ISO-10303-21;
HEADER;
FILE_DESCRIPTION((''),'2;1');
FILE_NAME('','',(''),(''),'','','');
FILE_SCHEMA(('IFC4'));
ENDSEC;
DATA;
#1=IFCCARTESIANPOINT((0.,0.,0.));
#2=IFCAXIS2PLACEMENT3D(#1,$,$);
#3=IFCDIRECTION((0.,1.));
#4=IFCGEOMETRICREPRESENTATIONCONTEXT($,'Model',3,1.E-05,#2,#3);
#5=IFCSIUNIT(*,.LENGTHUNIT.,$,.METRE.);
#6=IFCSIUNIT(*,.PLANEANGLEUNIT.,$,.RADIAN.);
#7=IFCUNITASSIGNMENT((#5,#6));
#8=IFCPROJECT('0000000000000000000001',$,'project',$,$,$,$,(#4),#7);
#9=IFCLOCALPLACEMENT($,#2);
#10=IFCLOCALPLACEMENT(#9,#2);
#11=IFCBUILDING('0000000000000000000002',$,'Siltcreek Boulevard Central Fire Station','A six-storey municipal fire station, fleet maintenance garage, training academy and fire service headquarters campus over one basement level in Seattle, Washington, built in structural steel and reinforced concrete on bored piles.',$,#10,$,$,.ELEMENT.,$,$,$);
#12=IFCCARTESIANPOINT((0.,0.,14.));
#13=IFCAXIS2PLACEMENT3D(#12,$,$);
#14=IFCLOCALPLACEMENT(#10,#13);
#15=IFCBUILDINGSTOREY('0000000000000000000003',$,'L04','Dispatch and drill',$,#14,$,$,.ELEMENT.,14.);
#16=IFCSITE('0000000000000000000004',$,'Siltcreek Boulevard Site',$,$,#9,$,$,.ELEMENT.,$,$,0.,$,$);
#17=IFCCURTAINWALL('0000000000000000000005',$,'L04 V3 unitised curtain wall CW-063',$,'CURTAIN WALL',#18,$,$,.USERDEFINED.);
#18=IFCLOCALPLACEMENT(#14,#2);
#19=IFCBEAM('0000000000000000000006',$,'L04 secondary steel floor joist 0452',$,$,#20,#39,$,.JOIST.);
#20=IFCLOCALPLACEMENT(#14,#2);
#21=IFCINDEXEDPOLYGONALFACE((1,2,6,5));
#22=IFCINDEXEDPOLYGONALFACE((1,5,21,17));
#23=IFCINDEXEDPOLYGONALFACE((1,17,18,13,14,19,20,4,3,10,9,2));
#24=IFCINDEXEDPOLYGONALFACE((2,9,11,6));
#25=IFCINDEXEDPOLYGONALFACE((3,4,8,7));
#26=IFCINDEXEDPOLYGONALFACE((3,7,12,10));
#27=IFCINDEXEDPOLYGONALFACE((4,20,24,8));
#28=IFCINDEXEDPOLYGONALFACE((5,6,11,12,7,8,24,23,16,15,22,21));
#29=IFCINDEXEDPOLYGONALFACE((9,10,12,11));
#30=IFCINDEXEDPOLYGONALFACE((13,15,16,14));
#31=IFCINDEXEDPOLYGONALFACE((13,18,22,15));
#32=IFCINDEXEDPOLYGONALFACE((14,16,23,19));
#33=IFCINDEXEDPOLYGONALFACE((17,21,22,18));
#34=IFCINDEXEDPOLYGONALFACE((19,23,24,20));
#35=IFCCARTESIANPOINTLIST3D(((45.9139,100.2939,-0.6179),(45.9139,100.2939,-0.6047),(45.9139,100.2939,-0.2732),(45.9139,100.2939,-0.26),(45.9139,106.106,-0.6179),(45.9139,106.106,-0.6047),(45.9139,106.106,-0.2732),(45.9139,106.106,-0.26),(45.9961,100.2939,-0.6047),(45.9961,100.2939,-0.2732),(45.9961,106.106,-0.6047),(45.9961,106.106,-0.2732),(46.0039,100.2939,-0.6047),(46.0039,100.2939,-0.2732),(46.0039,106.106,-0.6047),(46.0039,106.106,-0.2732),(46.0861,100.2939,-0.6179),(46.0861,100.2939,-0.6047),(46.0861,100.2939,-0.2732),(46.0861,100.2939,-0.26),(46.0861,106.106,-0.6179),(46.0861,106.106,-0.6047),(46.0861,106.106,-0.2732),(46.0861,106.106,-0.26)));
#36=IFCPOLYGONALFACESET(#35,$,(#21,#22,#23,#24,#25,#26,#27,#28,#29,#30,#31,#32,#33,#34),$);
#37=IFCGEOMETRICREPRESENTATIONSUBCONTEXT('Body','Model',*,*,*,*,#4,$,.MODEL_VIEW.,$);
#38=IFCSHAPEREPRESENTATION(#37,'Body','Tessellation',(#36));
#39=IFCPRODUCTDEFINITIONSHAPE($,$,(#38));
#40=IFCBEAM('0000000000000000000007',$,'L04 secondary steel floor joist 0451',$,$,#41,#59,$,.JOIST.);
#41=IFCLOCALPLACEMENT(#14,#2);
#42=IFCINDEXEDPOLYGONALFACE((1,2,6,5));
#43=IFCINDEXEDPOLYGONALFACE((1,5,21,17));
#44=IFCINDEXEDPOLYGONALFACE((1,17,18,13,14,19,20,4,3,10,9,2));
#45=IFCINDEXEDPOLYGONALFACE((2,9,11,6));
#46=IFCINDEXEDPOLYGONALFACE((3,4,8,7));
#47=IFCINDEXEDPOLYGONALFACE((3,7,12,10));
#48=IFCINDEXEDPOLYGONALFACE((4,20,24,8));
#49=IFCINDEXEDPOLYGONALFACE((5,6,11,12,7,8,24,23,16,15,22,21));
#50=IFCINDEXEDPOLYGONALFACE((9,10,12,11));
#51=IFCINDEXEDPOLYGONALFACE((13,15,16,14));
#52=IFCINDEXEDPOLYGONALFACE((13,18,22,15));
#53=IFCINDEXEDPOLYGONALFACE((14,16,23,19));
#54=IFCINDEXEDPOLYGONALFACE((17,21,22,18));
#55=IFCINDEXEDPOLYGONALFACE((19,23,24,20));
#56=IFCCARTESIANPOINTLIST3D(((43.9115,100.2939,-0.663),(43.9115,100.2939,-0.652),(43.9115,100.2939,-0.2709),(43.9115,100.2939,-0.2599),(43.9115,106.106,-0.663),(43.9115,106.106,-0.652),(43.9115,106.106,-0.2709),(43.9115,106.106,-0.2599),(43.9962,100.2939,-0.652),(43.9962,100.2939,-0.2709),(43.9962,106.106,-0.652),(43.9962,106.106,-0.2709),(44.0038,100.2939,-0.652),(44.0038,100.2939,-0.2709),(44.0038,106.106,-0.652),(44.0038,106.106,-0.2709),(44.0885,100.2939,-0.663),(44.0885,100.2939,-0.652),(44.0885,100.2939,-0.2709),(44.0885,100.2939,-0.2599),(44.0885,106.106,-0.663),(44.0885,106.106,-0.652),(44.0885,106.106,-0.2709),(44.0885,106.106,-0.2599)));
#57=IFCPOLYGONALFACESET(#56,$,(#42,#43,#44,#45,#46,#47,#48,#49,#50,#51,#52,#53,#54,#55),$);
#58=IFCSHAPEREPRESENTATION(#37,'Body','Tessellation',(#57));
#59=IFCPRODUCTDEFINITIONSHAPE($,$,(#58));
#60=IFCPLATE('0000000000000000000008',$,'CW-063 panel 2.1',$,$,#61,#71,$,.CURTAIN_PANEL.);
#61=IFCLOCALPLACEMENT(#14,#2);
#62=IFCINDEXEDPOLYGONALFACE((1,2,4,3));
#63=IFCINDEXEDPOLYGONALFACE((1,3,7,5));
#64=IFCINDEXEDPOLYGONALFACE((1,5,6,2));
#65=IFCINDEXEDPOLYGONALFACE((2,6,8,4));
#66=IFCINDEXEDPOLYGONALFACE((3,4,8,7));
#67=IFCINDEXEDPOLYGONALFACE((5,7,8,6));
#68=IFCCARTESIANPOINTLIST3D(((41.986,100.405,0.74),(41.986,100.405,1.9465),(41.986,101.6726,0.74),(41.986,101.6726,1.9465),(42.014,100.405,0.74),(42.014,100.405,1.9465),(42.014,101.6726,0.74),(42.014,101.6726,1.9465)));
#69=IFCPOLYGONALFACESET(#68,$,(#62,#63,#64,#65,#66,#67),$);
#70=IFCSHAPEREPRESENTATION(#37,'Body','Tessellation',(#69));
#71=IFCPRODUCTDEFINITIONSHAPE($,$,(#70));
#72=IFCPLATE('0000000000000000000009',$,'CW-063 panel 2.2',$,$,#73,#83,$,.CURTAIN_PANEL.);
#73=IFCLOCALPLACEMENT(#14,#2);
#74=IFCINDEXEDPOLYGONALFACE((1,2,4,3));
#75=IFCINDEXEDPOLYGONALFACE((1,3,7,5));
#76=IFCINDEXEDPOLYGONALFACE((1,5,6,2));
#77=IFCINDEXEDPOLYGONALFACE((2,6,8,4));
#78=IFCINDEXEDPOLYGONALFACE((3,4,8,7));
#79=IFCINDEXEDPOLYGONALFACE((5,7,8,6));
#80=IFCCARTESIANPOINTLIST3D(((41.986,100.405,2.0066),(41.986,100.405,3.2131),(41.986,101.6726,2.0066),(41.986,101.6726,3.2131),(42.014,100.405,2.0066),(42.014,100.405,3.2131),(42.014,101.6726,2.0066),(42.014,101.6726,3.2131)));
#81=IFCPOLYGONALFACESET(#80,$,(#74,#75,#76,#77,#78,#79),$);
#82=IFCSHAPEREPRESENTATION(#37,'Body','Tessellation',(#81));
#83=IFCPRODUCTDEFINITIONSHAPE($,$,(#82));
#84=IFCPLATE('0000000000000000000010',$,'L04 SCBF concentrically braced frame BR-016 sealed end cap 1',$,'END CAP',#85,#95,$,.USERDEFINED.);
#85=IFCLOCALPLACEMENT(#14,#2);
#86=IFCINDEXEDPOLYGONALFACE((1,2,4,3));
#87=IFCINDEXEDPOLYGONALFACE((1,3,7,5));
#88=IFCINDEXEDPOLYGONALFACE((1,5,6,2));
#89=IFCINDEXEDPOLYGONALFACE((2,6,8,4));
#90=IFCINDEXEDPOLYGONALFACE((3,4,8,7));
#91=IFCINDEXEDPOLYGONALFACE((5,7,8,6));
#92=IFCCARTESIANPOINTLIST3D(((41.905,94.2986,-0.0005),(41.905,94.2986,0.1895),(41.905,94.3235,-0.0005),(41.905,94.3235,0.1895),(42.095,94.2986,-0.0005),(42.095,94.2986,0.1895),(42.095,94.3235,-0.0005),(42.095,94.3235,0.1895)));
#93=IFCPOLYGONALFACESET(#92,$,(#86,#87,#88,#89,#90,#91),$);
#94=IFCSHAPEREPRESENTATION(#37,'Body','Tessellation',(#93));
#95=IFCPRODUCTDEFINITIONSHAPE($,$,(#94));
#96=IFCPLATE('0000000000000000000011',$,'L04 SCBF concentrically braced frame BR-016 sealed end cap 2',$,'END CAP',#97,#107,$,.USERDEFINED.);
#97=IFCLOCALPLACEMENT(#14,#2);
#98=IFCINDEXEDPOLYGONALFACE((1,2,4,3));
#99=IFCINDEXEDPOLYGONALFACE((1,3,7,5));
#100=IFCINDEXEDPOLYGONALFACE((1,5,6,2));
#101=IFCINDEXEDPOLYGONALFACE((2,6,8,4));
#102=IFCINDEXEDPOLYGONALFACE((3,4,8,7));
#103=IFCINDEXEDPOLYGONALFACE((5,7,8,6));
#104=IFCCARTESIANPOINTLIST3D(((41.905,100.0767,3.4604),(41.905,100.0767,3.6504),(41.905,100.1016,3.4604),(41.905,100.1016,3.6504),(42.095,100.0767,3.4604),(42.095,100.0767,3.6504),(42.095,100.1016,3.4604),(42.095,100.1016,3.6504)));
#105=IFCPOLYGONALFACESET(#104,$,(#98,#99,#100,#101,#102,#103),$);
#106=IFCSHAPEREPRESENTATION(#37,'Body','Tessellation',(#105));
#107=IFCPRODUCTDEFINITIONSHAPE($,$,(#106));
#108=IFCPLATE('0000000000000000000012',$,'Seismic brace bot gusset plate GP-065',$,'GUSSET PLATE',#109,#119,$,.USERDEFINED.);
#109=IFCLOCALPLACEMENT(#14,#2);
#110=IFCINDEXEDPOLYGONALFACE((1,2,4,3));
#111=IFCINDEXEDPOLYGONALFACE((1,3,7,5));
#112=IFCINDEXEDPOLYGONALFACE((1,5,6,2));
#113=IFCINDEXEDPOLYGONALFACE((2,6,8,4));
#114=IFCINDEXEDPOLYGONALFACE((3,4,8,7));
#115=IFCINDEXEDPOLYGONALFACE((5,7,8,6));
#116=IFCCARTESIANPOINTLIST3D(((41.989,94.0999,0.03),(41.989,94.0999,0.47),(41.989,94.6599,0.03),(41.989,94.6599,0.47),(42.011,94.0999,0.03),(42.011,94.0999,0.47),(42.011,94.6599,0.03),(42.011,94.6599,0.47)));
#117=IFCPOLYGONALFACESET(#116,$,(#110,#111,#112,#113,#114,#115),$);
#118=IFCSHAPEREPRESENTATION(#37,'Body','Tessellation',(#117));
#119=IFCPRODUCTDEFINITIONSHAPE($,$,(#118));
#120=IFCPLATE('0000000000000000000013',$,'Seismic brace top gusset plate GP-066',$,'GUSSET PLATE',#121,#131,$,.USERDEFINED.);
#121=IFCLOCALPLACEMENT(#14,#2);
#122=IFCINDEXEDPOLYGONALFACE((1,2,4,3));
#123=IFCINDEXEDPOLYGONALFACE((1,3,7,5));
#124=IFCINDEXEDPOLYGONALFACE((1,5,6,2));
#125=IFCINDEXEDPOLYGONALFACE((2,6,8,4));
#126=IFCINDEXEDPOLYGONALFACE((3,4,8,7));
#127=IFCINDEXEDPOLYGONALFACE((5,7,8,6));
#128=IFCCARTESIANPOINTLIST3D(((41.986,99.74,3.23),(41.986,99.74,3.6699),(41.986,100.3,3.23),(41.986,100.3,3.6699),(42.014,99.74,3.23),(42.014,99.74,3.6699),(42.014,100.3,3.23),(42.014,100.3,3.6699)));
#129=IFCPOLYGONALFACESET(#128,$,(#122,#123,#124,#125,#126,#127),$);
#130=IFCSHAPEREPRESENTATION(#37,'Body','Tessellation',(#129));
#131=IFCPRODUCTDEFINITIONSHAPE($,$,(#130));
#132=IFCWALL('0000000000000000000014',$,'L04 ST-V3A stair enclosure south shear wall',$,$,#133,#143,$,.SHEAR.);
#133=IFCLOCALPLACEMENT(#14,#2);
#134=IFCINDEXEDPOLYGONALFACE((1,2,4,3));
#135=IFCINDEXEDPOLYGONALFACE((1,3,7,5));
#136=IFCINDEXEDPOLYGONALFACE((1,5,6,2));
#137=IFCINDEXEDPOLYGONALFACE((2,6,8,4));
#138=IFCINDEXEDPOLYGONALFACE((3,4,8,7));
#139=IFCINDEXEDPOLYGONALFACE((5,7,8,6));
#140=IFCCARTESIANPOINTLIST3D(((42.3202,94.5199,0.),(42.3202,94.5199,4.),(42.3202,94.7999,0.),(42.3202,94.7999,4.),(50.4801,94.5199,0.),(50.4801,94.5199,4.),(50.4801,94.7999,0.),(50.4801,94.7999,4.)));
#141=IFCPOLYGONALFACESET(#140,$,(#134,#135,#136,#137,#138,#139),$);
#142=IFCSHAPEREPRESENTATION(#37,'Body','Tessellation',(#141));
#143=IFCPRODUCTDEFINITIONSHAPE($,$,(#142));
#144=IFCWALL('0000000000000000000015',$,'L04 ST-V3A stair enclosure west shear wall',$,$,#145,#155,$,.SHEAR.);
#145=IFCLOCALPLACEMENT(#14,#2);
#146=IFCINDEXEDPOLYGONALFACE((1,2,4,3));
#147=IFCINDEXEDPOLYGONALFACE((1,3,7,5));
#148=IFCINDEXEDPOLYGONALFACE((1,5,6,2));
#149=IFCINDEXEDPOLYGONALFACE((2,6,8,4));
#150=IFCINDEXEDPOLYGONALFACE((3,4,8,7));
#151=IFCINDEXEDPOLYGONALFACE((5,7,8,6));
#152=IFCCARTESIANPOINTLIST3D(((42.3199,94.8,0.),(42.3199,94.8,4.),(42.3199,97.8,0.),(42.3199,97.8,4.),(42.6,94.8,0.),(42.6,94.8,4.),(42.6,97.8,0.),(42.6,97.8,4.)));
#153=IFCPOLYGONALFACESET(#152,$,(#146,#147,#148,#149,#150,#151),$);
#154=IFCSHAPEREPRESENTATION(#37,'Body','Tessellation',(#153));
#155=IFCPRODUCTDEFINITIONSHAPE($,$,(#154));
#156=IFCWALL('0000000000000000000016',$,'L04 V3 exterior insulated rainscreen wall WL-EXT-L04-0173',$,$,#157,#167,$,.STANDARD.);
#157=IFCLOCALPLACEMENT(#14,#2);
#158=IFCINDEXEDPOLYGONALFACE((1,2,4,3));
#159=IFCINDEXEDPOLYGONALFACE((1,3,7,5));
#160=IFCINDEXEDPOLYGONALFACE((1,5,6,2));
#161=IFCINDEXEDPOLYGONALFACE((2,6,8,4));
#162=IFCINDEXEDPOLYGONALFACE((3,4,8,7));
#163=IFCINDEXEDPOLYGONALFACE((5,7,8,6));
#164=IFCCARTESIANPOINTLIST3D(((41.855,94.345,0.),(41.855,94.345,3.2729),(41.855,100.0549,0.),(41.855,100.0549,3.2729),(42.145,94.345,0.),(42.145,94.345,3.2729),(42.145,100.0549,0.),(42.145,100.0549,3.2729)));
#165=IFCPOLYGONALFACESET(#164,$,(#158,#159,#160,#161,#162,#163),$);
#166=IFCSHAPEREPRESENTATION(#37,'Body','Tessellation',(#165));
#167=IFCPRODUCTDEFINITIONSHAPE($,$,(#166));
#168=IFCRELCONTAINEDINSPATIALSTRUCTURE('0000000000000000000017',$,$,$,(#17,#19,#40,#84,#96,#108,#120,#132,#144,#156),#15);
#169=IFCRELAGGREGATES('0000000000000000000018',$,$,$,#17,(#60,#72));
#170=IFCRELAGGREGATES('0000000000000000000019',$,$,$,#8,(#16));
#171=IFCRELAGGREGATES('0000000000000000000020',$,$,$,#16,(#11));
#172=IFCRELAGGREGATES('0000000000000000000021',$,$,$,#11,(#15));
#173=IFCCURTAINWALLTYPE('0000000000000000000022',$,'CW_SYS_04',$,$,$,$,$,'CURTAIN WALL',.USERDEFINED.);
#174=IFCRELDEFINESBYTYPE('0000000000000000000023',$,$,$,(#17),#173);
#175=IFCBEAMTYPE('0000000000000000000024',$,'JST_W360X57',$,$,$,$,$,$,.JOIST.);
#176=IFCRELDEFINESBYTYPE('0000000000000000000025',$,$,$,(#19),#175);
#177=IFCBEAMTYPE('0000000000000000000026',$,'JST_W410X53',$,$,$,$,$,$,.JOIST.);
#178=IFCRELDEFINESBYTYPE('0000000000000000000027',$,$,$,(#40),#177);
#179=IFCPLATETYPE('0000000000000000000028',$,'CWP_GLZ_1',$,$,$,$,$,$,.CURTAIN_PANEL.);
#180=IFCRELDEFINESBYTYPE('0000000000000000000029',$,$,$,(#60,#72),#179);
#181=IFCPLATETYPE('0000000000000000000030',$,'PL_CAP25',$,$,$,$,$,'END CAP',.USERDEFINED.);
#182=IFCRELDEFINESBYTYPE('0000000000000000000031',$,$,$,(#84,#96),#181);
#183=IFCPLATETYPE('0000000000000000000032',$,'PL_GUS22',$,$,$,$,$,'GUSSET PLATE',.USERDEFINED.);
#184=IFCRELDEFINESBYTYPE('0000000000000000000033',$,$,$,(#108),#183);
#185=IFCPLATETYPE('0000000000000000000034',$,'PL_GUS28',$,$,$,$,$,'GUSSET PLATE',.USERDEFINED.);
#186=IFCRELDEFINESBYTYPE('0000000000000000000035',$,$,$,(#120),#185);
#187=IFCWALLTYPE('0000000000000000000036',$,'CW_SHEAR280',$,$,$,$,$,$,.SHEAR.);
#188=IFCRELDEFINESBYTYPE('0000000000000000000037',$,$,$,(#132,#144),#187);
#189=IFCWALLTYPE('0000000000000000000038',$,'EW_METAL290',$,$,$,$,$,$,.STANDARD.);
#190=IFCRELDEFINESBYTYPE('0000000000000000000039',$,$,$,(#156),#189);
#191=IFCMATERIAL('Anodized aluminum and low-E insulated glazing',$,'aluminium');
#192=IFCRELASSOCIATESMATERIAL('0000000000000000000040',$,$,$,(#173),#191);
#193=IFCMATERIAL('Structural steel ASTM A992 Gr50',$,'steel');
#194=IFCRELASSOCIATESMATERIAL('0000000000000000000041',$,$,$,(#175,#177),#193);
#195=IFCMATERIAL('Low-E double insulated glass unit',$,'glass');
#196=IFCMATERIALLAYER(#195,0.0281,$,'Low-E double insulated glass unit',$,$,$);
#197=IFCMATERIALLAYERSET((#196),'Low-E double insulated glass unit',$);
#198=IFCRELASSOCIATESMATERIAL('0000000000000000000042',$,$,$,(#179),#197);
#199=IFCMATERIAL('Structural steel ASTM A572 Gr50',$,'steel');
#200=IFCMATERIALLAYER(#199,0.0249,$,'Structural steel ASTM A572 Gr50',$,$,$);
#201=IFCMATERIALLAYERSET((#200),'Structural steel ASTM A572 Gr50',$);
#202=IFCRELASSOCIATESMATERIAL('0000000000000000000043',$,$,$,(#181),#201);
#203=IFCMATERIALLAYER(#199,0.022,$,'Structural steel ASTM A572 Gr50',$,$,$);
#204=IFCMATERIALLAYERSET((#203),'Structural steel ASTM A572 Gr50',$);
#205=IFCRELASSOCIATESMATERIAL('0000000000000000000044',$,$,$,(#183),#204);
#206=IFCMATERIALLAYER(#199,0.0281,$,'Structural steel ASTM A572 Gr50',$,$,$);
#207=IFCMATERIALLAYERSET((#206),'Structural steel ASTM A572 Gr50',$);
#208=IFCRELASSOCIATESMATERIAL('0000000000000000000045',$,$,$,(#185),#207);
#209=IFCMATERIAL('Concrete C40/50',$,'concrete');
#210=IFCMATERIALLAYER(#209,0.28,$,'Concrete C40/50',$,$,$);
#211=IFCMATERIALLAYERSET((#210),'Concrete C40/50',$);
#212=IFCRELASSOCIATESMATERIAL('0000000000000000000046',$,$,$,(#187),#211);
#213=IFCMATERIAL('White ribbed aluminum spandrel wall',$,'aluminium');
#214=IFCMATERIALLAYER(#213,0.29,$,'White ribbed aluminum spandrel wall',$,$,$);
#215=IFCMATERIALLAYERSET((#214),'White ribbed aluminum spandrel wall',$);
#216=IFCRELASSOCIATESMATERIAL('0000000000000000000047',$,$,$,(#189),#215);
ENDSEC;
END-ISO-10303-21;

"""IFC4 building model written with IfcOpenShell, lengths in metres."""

from ifc_helpers import new_model, si_unit, direction, frame, frame_2d, origin, origin_2d, place, context, subcontext, project, spatial, rectangle, i_section, extrude, material, layer, layer_set, material_profile, profile_set, type_object, element, aggregate, save


model = new_model("IFC4")

# Units and contexts
model_context = context("Model", 3, precision=1e-05, world=origin(), true_north=direction((0.0, 1.0)))
body_context = subcontext(model_context, "Body", "Model", "MODEL_VIEW")
ifc_project = project(units=[si_unit("LENGTHUNIT", "METRE"), si_unit("PLANEANGLEUNIT", "RADIAN")], contexts=[model_context])

# Site, building, storey
site_placement = place(None, origin())
site = spatial("IfcSite", under=ifc_project, at=site_placement, Name="Siltcreek Boulevard Site", CompositionType="ELEMENT", RefElevation=0.0)
building_placement = place(site_placement, origin())
building = spatial("IfcBuilding", under=site, at=building_placement, Name="Siltcreek Boulevard Central Fire Station", Description="A six-storey municipal fire station, fleet maintenance garage, training academy and fire service headquarters campus over one basement level in Seattle, Washington, built in structural steel and reinforced concrete on bored piles.", CompositionType="ELEMENT")
storey_placement = place(building_placement, frame((0.0, 0.0, 14.0)))
storey = spatial("IfcBuildingStorey", under=building, at=storey_placement, Name="L04", Description="Dispatch and drill", CompositionType="ELEMENT", Elevation=14.0)

# Shared definitions
ifc_material_1 = material(Name="Structural steel ASTM A992 Gr50", Category="steel")

# Curtain wall
ifc_material_2 = material(Name="Anodized aluminum and low-E insulated glazing", Category="aluminium")
curtain_wall_type = type_object("IfcCurtainWallType", Name="CW_SYS_04", ElementType="CURTAIN WALL", PredefinedType="USERDEFINED", material=ifc_material_2)
curtain_wall_placement = place(storey_placement, origin())
curtain_wall = element("IfcCurtainWall", 1, at=curtain_wall_placement, inside=storey, type_object=curtain_wall_type, Name="L04 V3 unitised curtain wall CW-063", ObjectType="CURTAIN WALL", PredefinedType="USERDEFINED")

# Beams
ifc_material_profile_1 = material_profile(ifc_material_1, i_section(OverallWidth=0.1721, OverallDepth=0.3579, WebThickness=0.0078, FlangeThickness=0.0132, at=origin_2d()), Name="W360X57")
ifc_profile_set_1 = profile_set([ifc_material_profile_1], Name="Structural steel ASTM A992 Gr50")
beam_type_1 = type_object("IfcBeamType", Name="JST_W360X57", PredefinedType="JOIST", material=ifc_profile_set_1)
for number, where, z_axis, x_axis, name in (
    (2, (46.0, 100.2939, -0.439), (0.0, 1.0, 0.0), (-1.0, 0.0, 0.0), "L04 secondary steel floor joist 0452"),
):
    element("IfcBeam", number, at=place(storey_placement, frame(where, z_axis=z_axis, x_axis=x_axis)), inside=storey, type_object=beam_type_1, Name=name, PredefinedType="JOIST", context=body_context, shape_type="SweptSolid", body=[
        extrude(i_section(OverallWidth=0.1721, OverallDepth=0.3579, WebThickness=0.0078, FlangeThickness=0.0132, at=origin_2d()), origin(), (0.0, 0.0, 1.0), 5.812),
    ])
ifc_material_profile_2 = material_profile(ifc_material_1, i_section(OverallWidth=0.177, OverallDepth=0.4031, WebThickness=0.0076, FlangeThickness=0.011, at=origin_2d()), Name="W410X53")
ifc_profile_set_2 = profile_set([ifc_material_profile_2], Name="Structural steel ASTM A992 Gr50")
beam_type_2 = type_object("IfcBeamType", Name="JST_W410X53", PredefinedType="JOIST", material=ifc_profile_set_2)
beam_1_placement = place(storey_placement, frame((44.0, 100.2939, -0.4614), z_axis=(0.0, 1.0, 0.0), x_axis=(-1.0, 0.0, 0.0)))
element("IfcBeam", 3, at=beam_1_placement, inside=storey, type_object=beam_type_2, Name="L04 secondary steel floor joist 0451", PredefinedType="JOIST", context=body_context, shape_type="SweptSolid", body=[
    extrude(i_section(OverallWidth=0.177, OverallDepth=0.4031, WebThickness=0.0076, FlangeThickness=0.011, at=origin_2d()), origin(), (0.0, 0.0, 1.0), 5.812),
])

# Plates
ifc_material_3 = material(Name="Low-E double insulated glass unit", Category="glass")
ifc_layer_1 = layer(ifc_material_3, 0.0281, Name="Low-E double insulated glass unit")
ifc_layer_set_1 = layer_set([ifc_layer_1], Name="Low-E double insulated glass unit")
plate_type_1 = type_object("IfcPlateType", Name="CWP_GLZ_1", PredefinedType="CURTAIN_PANEL", material=ifc_layer_set_1)
plate_1_placement = place(storey_placement, frame((42.0, 101.0388, 0.74), z_axis=(0.0, 0.0, 1.0), x_axis=(0.0, -1.0, 0.0)))
plate_1 = element("IfcPlate", 4, at=plate_1_placement, type_object=plate_type_1, Name="CW-063 panel 2.1", PredefinedType="CURTAIN_PANEL", context=body_context, shape_type="SweptSolid", body=[
    extrude(rectangle(XDim=1.2676, YDim=0.0281, at=origin_2d()), origin(), (0.0, 0.0, 1.0), 1.2065),
])
plate_2_placement = place(storey_placement, frame((42.0, 101.0388, 2.0066), z_axis=(0.0, 0.0, 1.0), x_axis=(0.0, -1.0, 0.0)))
plate_2 = element("IfcPlate", 5, at=plate_2_placement, type_object=plate_type_1, Name="CW-063 panel 2.2", PredefinedType="CURTAIN_PANEL", context=body_context, shape_type="SweptSolid", body=[
    extrude(rectangle(XDim=1.2676, YDim=0.0281, at=origin_2d()), origin(), (0.0, 0.0, 1.0), 1.2065),
])
aggregate(curtain_wall, [plate_1, plate_2])

# Plates
ifc_material_4 = material(Name="Structural steel ASTM A572 Gr50", Category="steel")
ifc_layer_2 = layer(ifc_material_4, 0.0249, Name="Structural steel ASTM A572 Gr50")
ifc_layer_set_2 = layer_set([ifc_layer_2], Name="Structural steel ASTM A572 Gr50")
plate_type_2 = type_object("IfcPlateType", Name="PL_CAP25", ElementType="END CAP", PredefinedType="USERDEFINED", material=ifc_layer_set_2)
for number, where, z_axis, x_axis, name in (
    (6, (42.0, 94.311, -0.0005), (0.0, 0.0, 1.0), (0.0, 1.0, 0.0), "L04 SCBF concentrically braced frame BR-016 sealed end cap 1"),
    (7, (42.0, 100.0891, 3.4604), (0.0, 0.0, 1.0), (0.0, 1.0, 0.0), "L04 SCBF concentrically braced frame BR-016 sealed end cap 2"),
):
    element("IfcPlate", number, at=place(storey_placement, frame(where, z_axis=z_axis, x_axis=x_axis)), inside=storey, type_object=plate_type_2, Name=name, ObjectType="END CAP", PredefinedType="USERDEFINED", context=body_context, shape_type="SweptSolid", body=[
        extrude(rectangle(XDim=0.0249, YDim=0.1899, at=origin_2d()), origin(), (0.0, 0.0, 1.0), 0.1899),
    ])
ifc_layer_3 = layer(ifc_material_4, 0.022, Name="Structural steel ASTM A572 Gr50")
ifc_layer_set_3 = layer_set([ifc_layer_3], Name="Structural steel ASTM A572 Gr50")
plate_type_3 = type_object("IfcPlateType", Name="PL_GUS22", ElementType="GUSSET PLATE", PredefinedType="USERDEFINED", material=ifc_layer_set_3)
plate_3_placement = place(storey_placement, frame((42.0, 94.3799, 0.03), z_axis=(0.0, 0.0, 1.0), x_axis=(0.0, 1.0, 0.0)))
element("IfcPlate", 8, at=plate_3_placement, inside=storey, type_object=plate_type_3, Name="Seismic brace bot gusset plate GP-065", ObjectType="GUSSET PLATE", PredefinedType="USERDEFINED", context=body_context, shape_type="SweptSolid", body=[
    extrude(rectangle(XDim=0.5601, YDim=0.022, at=origin_2d()), origin(), (0.0, 0.0, 1.0), 0.4399),
])
ifc_layer_4 = layer(ifc_material_4, 0.0281, Name="Structural steel ASTM A572 Gr50")
ifc_layer_set_4 = layer_set([ifc_layer_4], Name="Structural steel ASTM A572 Gr50")
plate_type_4 = type_object("IfcPlateType", Name="PL_GUS28", ElementType="GUSSET PLATE", PredefinedType="USERDEFINED", material=ifc_layer_set_4)
plate_4_placement = place(storey_placement, frame((42.0, 100.02, 3.23), z_axis=(0.0, 0.0, 1.0), x_axis=(0.0, 1.0, 0.0)))
element("IfcPlate", 9, at=plate_4_placement, inside=storey, type_object=plate_type_4, Name="Seismic brace top gusset plate GP-066", ObjectType="GUSSET PLATE", PredefinedType="USERDEFINED", context=body_context, shape_type="SweptSolid", body=[
    extrude(rectangle(XDim=0.5601, YDim=0.0281, at=origin_2d()), origin(), (0.0, 0.0, 1.0), 0.4399),
])

# Walls
ifc_material_5 = material(Name="Concrete C40/50", Category="concrete")
ifc_layer_5 = layer(ifc_material_5, 0.28, Name="Concrete C40/50")
ifc_layer_set_5 = layer_set([ifc_layer_5], Name="Concrete C40/50")
wall_type_1 = type_object("IfcWallType", Name="CW_SHEAR280", PredefinedType="SHEAR", material=ifc_layer_set_5)
wall_1_placement = place(storey_placement, frame((42.3201, 94.6599, 0.0), z_axis=(0.0, 0.0, 1.0), x_axis=(1.0, 0.0, 0.0)))
element("IfcWall", 10, at=wall_1_placement, inside=storey, type_object=wall_type_1, Name="L04 ST-V3A stair enclosure south shear wall", PredefinedType="SHEAR", context=body_context, shape_type="SweptSolid", body=[
    extrude(rectangle(XDim=8.1599, YDim=0.28, at=frame_2d((4.0801, 0.0))), origin(), (0.0, 0.0, 1.0), 4.0),
])
wall_2_placement = place(storey_placement, frame((42.46, 97.8, 0.0), z_axis=(0.0, 0.0, 1.0), x_axis=(0.0, -1.0, 0.0)))
element("IfcWall", 11, at=wall_2_placement, inside=storey, type_object=wall_type_1, Name="L04 ST-V3A stair enclosure west shear wall", PredefinedType="SHEAR", context=body_context, shape_type="SweptSolid", body=[
    extrude(rectangle(XDim=3.0, YDim=0.28, at=frame_2d((1.5, 0.0))), origin(), (0.0, 0.0, 1.0), 4.0),
])
ifc_material_6 = material(Name="White ribbed aluminum spandrel wall", Category="aluminium")
ifc_layer_6 = layer(ifc_material_6, 0.29, Name="White ribbed aluminum spandrel wall")
ifc_layer_set_6 = layer_set([ifc_layer_6], Name="White ribbed aluminum spandrel wall")
wall_type_2 = type_object("IfcWallType", Name="EW_METAL290", PredefinedType="STANDARD", material=ifc_layer_set_6)
wall_3_placement = place(storey_placement, frame((42.0, 100.0549, 0.0), z_axis=(0.0, 0.0, 1.0), x_axis=(0.0, -1.0, 0.0)))
element("IfcWall", 12, at=wall_3_placement, inside=storey, type_object=wall_type_2, Name="L04 V3 exterior insulated rainscreen wall WL-EXT-L04-0173", PredefinedType="STANDARD", context=body_context, shape_type="SweptSolid", body=[
    extrude(rectangle(XDim=5.71, YDim=0.29, at=frame_2d((2.855, 0.0))), origin(), (0.0, 0.0, 1.0), 3.2729),
])

save(model, "model.ifc")
